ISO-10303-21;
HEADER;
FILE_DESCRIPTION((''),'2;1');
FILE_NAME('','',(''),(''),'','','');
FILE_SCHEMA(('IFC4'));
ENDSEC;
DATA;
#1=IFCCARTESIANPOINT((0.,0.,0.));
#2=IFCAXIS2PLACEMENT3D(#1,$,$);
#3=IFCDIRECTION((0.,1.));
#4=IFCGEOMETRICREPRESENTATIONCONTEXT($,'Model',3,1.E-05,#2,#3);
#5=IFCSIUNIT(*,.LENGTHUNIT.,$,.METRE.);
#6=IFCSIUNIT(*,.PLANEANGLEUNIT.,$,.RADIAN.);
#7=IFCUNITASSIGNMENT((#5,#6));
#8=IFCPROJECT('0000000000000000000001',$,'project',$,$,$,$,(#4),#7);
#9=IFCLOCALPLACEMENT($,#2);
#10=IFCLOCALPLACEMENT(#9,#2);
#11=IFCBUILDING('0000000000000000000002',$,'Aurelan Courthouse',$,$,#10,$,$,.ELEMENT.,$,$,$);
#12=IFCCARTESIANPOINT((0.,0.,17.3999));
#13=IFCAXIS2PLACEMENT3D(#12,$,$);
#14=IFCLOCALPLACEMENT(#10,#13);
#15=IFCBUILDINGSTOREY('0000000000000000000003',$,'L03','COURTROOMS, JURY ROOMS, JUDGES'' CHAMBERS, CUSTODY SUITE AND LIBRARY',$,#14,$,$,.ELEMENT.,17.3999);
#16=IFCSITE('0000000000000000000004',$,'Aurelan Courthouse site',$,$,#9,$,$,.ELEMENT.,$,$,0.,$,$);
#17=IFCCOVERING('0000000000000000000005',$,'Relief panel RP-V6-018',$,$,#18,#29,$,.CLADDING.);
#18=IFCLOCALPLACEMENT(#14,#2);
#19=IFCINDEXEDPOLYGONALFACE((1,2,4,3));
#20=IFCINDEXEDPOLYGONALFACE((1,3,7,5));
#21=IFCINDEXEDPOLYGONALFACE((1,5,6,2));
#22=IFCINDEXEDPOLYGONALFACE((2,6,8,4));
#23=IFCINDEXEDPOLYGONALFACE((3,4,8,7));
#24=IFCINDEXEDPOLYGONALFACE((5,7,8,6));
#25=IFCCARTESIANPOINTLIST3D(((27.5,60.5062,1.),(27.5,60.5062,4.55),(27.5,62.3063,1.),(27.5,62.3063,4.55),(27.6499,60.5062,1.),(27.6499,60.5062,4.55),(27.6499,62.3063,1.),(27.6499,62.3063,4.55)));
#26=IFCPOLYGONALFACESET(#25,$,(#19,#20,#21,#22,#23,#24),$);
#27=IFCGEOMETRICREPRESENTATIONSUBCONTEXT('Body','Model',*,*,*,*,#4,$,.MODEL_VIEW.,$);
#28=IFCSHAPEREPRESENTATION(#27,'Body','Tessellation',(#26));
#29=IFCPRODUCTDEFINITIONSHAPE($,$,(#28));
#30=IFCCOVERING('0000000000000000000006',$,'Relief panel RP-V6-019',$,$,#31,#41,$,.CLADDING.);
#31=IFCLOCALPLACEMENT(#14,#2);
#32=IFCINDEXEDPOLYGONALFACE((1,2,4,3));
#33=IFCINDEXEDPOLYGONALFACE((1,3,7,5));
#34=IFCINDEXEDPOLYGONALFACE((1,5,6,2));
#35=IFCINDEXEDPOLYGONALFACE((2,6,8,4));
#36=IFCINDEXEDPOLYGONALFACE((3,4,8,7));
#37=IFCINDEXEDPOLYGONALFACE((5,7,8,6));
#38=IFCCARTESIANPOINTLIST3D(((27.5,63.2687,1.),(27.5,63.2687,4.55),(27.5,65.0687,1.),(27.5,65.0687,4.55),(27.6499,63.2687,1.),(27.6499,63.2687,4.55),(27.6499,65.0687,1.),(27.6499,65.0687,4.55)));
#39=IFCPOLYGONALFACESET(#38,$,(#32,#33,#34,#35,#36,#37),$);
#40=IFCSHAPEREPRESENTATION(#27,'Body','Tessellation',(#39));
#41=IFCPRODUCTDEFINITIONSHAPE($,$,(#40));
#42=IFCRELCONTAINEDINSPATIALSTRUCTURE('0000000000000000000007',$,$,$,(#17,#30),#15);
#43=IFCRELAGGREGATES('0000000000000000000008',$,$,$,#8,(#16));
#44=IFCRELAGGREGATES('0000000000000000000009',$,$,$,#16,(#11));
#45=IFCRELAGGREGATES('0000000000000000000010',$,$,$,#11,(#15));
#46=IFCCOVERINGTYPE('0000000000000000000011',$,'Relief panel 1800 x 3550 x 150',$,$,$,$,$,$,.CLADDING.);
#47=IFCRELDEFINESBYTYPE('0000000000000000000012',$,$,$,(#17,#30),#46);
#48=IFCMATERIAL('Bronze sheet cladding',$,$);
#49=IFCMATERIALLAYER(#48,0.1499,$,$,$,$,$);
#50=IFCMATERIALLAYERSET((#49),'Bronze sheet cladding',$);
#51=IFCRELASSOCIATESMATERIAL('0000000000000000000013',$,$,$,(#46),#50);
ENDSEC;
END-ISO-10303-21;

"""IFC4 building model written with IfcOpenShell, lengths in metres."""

from ifc_helpers import new_model, si_unit, direction, frame, origin, origin_2d, place, context, subcontext, project, spatial, rectangle, extrude, material, layer, layer_set, type_object, element, save


model = new_model("IFC4")

# Units and contexts
model_context = context("Model", 3, precision=1e-05, world=origin(), true_north=direction((0.0, 1.0)))
body_context = subcontext(model_context, "Body", "Model", "MODEL_VIEW")
ifc_project = project(units=[si_unit("LENGTHUNIT", "METRE"), si_unit("PLANEANGLEUNIT", "RADIAN")], contexts=[model_context])

# Site, building, storey
site_placement = place(None, origin())
site = spatial("IfcSite", under=ifc_project, at=site_placement, Name="Aurelan Courthouse site", CompositionType="ELEMENT", RefElevation=0.0)
building_placement = place(site_placement, origin())
building = spatial("IfcBuilding", under=site, at=building_placement, Name="Aurelan Courthouse", CompositionType="ELEMENT")
storey_placement = place(building_placement, frame((0.0, 0.0, 17.3999)))
storey = spatial("IfcBuildingStorey", under=building, at=storey_placement, Name="L03", Description="COURTROOMS, JURY ROOMS, JUDGES' CHAMBERS, CUSTODY SUITE AND LIBRARY", CompositionType="ELEMENT", Elevation=17.3999)

# Coverings
ifc_material_1 = material(Name="Bronze sheet cladding")
ifc_layer_1 = layer(ifc_material_1, 0.1499)
ifc_layer_set_1 = layer_set([ifc_layer_1], Name="Bronze sheet cladding")
covering_type_1 = type_object("IfcCoveringType", Name="Relief panel 1800 x 3550 x 150", PredefinedType="CLADDING", material=ifc_layer_set_1)
for number, where, z_axis, x_axis, name in (
    (1, (27.575, 61.4062, 1.0), (0.0, 0.0, 1.0), (1.0, 0.0, 0.0), "Relief panel RP-V6-018"),
    (2, (27.575, 64.1687, 1.0), (0.0, 0.0, 1.0), (1.0, 0.0, 0.0), "Relief panel RP-V6-019"),
):
    element("IfcCovering", number, at=place(storey_placement, frame(where, z_axis=z_axis, x_axis=x_axis)), inside=storey, type_object=covering_type_1, Name=name, PredefinedType="CLADDING", context=body_context, shape_type="SweptSolid", body=[
        extrude(rectangle(XDim=0.1499, YDim=1.8, at=origin_2d()), origin(), (0.0, 0.0, 1.0), 3.55),
    ])

save(model, "model.ifc")
